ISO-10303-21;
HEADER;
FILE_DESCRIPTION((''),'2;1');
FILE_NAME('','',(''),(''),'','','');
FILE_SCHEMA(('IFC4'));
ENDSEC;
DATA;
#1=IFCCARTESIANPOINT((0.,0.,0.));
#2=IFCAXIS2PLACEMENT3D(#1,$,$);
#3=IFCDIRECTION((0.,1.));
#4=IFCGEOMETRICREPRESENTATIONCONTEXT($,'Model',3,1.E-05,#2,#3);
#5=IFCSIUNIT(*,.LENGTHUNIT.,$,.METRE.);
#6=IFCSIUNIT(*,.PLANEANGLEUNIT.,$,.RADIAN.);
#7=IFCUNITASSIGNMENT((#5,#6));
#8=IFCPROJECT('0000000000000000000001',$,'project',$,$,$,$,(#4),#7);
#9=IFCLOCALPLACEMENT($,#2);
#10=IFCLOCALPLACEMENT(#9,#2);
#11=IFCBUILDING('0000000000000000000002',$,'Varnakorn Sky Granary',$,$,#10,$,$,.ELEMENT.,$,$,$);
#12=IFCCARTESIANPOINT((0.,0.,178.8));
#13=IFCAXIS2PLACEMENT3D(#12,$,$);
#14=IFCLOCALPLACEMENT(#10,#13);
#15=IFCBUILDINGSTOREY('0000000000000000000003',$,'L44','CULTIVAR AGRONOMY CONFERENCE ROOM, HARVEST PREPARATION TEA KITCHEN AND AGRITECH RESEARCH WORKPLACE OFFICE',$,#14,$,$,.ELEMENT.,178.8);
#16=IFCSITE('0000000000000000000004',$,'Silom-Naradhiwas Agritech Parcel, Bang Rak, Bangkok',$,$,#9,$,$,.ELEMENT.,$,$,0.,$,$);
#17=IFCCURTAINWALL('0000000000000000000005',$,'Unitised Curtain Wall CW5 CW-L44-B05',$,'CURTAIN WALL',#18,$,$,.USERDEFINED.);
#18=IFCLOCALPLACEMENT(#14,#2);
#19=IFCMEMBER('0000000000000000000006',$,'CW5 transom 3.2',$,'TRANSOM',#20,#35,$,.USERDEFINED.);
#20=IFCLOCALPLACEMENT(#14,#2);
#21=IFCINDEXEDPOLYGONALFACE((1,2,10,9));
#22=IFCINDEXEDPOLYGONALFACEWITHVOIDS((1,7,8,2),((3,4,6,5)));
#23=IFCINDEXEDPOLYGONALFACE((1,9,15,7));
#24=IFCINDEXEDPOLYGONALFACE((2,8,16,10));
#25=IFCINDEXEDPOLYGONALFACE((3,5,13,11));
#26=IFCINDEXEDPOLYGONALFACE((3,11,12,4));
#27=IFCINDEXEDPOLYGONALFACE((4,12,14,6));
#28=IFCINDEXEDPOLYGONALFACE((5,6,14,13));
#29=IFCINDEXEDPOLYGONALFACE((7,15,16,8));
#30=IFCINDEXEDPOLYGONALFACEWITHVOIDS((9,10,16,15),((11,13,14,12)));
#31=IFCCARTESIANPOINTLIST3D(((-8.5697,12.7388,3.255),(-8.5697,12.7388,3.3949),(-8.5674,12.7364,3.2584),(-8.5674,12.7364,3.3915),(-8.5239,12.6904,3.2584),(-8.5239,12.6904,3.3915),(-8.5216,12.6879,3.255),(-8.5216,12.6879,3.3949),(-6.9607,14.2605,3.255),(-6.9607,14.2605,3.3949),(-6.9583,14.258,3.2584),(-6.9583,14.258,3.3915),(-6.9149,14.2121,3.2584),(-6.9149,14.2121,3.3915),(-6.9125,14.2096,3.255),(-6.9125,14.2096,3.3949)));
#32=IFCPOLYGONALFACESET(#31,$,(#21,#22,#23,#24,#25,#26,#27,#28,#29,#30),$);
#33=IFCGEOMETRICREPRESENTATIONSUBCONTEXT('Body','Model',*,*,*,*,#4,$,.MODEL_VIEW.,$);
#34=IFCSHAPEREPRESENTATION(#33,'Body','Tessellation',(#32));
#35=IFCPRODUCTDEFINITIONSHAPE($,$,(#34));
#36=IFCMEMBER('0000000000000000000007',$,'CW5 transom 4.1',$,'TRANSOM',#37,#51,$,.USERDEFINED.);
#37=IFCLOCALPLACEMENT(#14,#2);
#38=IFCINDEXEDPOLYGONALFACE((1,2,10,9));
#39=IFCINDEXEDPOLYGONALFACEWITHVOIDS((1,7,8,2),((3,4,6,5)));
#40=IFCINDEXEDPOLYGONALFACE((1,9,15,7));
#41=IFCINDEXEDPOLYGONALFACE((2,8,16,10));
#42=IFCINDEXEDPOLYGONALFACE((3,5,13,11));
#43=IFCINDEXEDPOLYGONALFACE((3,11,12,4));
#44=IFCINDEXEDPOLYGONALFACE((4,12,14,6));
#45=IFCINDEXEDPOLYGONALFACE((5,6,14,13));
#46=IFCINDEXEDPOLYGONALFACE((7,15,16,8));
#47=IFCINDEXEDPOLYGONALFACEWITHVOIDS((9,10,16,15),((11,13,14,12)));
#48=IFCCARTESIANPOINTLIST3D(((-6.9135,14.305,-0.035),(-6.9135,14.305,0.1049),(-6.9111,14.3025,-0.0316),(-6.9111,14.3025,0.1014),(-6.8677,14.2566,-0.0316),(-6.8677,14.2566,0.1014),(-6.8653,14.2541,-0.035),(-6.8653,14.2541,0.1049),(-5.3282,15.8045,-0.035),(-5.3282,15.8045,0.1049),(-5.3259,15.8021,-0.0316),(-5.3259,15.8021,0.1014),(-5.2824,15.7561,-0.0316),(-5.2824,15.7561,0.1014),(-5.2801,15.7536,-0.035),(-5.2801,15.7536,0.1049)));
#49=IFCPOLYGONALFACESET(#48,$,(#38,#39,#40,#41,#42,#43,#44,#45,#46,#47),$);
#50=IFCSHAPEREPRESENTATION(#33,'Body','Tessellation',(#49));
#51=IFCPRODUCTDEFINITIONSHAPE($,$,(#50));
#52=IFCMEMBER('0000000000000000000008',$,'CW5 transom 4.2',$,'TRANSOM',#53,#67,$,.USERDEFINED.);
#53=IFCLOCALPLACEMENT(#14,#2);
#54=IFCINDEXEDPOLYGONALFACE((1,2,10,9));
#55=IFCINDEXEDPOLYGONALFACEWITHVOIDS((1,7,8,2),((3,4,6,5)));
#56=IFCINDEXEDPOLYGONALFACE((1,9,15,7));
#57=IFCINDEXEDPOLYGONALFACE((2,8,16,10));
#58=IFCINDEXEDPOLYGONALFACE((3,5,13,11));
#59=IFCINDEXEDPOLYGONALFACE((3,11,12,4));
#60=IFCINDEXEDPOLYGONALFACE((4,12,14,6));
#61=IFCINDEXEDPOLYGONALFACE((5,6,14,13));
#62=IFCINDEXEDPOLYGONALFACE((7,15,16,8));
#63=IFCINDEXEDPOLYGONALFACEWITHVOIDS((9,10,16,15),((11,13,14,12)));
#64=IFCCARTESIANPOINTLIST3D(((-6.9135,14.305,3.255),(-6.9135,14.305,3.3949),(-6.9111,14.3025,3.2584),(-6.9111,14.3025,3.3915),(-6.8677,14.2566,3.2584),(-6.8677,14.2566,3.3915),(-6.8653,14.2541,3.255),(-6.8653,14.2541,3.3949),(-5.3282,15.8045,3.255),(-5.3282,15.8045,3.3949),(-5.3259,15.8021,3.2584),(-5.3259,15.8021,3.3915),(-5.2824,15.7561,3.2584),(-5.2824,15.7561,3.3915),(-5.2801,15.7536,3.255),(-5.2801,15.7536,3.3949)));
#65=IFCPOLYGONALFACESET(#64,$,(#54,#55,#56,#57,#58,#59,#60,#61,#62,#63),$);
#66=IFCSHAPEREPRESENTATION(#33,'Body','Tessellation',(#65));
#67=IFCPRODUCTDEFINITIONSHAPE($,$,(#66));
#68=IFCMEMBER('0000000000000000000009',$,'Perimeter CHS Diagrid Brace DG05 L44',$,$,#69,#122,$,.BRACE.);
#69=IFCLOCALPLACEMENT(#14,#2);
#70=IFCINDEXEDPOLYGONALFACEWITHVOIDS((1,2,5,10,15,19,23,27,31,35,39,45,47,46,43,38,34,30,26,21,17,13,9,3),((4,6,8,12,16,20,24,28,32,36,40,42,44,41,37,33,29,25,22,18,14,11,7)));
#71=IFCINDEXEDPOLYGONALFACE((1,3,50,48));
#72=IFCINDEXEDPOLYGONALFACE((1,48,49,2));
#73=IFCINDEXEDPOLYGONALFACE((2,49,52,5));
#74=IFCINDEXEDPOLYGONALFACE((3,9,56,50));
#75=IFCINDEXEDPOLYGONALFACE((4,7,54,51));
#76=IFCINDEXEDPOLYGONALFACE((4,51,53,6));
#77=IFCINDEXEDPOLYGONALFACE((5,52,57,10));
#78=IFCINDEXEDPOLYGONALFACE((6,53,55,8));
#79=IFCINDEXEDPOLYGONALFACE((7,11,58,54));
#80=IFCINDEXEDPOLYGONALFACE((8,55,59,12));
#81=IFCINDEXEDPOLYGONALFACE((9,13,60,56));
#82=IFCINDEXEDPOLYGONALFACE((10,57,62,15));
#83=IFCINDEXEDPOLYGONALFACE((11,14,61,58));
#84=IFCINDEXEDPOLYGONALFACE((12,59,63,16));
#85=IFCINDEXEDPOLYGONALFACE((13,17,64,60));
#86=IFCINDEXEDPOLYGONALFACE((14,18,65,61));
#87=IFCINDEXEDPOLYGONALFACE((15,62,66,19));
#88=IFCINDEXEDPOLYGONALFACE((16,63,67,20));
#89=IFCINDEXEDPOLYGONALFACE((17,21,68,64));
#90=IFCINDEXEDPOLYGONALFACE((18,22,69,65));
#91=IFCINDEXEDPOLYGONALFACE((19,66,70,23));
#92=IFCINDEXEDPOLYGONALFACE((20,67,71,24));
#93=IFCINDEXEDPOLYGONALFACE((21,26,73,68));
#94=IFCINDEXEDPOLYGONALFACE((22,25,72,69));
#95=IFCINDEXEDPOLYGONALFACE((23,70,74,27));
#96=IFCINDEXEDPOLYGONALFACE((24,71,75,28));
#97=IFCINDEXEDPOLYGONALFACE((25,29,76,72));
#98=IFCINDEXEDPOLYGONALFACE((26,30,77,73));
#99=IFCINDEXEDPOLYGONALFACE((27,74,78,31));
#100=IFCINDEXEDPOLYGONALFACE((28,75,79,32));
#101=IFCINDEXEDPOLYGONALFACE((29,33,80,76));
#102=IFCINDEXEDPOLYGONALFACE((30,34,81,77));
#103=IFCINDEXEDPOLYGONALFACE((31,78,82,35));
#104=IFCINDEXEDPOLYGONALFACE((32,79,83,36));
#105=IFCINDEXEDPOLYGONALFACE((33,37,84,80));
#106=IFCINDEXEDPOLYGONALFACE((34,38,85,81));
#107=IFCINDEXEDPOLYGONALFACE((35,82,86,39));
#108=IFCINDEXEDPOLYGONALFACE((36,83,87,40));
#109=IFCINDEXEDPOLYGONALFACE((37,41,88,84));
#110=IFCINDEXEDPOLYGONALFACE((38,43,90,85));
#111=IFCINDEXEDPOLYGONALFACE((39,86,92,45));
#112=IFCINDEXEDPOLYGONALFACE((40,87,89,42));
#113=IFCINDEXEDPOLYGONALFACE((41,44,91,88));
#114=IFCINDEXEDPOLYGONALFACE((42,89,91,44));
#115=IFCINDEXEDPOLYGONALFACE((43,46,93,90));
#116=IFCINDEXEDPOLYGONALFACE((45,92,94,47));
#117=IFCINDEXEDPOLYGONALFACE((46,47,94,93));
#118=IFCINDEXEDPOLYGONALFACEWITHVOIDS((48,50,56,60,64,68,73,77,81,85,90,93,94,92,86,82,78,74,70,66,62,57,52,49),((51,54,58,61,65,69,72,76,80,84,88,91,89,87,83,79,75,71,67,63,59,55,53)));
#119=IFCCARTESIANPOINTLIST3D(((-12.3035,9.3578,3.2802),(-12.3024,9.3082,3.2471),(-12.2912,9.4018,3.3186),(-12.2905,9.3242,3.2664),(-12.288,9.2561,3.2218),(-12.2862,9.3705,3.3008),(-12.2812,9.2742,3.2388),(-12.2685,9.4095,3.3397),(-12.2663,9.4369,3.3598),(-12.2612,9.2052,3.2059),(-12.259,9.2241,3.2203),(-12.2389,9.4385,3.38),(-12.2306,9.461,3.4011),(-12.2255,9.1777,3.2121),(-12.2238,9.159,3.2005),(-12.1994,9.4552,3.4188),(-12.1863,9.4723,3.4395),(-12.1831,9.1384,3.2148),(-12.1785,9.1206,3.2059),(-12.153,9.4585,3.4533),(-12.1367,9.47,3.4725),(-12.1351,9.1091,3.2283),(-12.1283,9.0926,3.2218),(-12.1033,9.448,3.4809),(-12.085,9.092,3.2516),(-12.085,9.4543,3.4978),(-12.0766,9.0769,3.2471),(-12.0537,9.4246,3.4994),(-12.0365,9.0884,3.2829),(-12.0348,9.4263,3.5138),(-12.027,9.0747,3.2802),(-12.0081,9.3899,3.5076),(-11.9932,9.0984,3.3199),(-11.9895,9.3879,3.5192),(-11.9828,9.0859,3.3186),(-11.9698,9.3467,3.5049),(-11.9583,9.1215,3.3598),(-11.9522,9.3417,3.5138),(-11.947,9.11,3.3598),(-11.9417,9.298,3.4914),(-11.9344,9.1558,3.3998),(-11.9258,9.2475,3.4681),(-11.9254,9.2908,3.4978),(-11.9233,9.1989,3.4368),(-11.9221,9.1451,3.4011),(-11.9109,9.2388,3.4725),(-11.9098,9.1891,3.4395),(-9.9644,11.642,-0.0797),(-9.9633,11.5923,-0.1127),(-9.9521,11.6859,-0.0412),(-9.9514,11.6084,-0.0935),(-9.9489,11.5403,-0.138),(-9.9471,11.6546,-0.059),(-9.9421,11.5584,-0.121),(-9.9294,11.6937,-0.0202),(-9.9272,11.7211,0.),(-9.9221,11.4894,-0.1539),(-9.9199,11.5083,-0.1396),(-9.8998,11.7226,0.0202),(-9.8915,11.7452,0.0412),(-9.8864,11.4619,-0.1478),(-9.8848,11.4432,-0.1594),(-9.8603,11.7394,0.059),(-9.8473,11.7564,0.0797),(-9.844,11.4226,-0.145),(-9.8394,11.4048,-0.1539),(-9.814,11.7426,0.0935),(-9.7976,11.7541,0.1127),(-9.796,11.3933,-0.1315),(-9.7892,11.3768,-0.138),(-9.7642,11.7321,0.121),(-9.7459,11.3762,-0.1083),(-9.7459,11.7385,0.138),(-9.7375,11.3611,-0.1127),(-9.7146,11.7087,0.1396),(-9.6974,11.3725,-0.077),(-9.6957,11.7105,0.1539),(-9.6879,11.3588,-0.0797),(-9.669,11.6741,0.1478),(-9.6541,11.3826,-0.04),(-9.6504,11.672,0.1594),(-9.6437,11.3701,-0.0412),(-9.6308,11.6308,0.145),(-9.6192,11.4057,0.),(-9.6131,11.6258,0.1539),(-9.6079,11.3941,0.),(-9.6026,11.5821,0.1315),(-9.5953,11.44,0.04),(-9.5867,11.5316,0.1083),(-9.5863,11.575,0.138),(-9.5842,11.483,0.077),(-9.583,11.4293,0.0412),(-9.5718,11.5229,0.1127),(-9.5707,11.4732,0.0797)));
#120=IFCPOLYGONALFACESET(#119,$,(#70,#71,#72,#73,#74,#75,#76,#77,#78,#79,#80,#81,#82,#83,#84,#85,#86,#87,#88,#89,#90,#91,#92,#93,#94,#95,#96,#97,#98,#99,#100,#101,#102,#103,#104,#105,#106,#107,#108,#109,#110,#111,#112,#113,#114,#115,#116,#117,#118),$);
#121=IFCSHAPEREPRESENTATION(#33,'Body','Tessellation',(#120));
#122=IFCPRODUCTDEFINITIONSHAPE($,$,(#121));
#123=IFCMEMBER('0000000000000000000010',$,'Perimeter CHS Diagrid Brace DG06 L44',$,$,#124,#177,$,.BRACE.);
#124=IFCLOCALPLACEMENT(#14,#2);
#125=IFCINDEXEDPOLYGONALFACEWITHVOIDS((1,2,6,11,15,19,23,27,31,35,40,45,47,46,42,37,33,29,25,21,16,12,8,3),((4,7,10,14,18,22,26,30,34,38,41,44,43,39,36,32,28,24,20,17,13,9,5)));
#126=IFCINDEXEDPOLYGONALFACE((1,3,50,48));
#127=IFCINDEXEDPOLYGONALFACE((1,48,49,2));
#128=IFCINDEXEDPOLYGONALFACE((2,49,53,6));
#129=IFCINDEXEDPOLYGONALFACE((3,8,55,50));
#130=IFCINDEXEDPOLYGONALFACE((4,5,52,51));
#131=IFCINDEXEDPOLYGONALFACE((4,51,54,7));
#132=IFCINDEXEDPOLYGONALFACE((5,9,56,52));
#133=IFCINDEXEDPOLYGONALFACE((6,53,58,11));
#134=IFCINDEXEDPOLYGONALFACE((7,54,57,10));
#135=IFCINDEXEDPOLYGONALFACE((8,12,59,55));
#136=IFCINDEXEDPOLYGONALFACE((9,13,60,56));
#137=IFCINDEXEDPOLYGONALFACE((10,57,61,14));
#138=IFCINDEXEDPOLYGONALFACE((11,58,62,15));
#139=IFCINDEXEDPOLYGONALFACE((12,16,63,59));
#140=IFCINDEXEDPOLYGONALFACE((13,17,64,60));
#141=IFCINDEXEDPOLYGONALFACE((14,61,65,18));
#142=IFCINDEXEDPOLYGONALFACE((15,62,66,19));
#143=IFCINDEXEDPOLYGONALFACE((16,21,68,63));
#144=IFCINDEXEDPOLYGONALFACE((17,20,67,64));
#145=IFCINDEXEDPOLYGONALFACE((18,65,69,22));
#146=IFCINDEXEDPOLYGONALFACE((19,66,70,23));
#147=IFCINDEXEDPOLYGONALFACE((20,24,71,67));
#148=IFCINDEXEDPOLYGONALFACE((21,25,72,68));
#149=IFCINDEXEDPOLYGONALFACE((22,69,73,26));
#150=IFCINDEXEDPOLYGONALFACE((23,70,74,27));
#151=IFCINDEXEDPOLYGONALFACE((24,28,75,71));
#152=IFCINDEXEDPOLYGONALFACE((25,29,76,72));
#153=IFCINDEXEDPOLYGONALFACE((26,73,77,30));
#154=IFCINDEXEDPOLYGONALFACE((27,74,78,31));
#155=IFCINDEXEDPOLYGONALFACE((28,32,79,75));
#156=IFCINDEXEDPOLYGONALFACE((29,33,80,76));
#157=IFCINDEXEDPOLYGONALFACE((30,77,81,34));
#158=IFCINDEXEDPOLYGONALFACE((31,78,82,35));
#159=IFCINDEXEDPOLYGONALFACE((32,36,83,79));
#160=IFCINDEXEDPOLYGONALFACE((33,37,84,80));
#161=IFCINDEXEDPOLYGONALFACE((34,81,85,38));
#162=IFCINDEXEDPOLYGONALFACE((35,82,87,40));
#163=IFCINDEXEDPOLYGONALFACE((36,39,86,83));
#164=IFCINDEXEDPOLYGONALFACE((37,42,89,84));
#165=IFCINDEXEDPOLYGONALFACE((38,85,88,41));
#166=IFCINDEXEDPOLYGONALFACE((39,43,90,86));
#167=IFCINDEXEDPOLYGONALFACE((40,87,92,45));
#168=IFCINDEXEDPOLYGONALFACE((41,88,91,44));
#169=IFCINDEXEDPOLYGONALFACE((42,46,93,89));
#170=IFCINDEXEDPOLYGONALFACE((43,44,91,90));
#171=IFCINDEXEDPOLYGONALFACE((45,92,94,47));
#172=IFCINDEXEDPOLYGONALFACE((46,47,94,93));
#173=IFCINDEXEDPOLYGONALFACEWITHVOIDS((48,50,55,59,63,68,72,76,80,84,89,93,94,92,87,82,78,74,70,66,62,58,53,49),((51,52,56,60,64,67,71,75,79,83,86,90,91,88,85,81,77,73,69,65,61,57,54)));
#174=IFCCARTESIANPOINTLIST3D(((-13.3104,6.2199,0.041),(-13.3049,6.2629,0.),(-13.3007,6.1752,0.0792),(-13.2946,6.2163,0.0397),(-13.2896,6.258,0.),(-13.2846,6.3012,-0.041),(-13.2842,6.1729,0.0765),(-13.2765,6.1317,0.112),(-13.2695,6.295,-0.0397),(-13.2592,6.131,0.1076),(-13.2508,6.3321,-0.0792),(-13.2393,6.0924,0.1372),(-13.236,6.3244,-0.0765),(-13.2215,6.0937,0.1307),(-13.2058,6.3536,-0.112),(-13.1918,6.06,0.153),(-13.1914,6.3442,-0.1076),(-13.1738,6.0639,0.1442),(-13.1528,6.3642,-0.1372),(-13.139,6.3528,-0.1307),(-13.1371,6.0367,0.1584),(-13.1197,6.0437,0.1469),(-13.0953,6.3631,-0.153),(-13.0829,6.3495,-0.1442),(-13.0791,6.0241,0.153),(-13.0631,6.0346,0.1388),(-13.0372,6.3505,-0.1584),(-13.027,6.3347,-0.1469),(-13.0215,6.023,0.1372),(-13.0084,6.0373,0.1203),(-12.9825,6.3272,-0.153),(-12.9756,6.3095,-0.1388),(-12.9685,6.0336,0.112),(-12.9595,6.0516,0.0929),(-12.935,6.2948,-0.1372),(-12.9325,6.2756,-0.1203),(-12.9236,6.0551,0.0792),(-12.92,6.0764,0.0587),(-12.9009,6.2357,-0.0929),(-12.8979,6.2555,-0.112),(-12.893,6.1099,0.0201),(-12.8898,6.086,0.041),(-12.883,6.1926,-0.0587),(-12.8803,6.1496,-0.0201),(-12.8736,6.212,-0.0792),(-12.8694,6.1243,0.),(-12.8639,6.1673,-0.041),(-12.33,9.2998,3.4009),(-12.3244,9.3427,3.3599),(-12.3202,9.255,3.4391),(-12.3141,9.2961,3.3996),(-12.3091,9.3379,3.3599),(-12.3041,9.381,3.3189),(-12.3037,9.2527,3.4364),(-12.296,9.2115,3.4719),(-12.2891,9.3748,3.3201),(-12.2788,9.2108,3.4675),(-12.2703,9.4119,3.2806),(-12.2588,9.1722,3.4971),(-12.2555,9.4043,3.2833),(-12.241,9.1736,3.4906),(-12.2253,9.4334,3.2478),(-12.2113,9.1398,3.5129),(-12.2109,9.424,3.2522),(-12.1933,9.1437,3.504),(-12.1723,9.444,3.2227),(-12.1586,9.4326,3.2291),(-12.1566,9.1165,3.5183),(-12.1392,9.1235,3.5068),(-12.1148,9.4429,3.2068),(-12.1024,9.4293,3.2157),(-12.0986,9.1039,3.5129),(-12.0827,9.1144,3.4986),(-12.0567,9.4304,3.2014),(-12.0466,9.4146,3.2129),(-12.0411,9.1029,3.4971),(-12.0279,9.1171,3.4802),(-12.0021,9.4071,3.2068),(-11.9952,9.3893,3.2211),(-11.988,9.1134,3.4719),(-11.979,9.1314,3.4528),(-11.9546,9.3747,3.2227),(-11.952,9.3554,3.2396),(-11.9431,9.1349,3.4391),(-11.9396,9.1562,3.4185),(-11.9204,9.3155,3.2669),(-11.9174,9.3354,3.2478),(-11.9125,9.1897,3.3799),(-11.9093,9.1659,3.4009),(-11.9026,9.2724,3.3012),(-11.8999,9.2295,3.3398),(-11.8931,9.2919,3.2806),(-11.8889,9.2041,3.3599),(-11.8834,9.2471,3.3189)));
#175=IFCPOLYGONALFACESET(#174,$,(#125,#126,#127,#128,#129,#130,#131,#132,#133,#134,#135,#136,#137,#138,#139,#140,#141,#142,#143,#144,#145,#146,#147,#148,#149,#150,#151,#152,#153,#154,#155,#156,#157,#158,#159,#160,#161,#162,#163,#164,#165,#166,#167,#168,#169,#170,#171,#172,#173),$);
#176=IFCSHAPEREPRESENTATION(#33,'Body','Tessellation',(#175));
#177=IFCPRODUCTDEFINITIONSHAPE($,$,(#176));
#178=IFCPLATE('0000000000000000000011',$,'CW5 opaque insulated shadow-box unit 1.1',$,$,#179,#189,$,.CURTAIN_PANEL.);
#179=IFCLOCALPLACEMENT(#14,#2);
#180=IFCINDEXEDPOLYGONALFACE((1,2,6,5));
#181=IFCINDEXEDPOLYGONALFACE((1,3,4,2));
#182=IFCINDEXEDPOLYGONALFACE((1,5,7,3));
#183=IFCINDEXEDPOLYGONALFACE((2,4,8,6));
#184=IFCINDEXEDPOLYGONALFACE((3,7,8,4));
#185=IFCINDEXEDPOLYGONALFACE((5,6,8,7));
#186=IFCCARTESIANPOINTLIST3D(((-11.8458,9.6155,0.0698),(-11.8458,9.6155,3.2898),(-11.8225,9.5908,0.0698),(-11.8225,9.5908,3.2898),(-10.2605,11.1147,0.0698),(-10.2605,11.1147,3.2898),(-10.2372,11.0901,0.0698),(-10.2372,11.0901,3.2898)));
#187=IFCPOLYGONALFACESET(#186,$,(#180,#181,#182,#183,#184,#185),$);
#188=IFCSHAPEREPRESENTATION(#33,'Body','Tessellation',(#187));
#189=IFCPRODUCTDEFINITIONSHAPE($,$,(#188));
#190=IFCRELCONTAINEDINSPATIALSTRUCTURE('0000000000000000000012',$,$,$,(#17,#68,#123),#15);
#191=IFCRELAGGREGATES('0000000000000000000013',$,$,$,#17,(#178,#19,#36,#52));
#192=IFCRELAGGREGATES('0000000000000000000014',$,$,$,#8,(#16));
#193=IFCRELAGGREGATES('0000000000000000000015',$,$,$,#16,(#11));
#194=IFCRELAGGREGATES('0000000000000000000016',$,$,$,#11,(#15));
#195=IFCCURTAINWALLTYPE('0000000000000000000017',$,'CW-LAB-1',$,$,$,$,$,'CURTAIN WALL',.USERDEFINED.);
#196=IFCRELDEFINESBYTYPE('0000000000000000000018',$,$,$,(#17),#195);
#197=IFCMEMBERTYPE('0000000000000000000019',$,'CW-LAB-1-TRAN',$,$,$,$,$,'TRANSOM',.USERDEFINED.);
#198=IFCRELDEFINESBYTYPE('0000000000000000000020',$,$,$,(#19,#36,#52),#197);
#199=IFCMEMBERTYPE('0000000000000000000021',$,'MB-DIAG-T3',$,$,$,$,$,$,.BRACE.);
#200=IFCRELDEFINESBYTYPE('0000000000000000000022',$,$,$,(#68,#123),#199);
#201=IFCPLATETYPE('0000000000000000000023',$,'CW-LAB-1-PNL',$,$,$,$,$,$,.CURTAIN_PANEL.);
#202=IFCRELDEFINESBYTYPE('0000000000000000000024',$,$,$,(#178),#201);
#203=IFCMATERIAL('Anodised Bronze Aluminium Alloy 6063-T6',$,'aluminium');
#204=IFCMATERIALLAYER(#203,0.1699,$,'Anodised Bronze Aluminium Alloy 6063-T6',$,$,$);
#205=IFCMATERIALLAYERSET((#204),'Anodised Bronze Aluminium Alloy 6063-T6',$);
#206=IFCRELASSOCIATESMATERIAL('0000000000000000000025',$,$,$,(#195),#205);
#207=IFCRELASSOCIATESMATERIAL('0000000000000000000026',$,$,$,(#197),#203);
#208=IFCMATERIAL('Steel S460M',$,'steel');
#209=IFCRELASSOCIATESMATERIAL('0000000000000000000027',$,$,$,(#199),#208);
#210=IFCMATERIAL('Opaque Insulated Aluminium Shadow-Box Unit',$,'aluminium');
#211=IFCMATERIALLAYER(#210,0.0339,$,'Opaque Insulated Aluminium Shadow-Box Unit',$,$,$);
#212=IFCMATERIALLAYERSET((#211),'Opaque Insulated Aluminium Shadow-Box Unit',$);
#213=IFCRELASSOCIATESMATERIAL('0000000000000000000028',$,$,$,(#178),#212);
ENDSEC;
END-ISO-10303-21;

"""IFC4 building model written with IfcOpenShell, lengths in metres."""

from ifc_helpers import new_model, si_unit, direction, frame, origin, origin_2d, place, context, subcontext, project, spatial, rectangle, hollow_rectangle, hollow_circle, extrude, source, transform, mapped, material, layer, layer_set, material_profile, profile_set, type_object, element, aggregate, save


model = new_model("IFC4")

# Units and contexts
model_context = context("Model", 3, precision=1e-05, world=origin(), true_north=direction((0.0, 1.0)))
body_context = subcontext(model_context, "Body", "Model", "MODEL_VIEW")
ifc_project = project(units=[si_unit("LENGTHUNIT", "METRE"), si_unit("PLANEANGLEUNIT", "RADIAN")], contexts=[model_context])

# Site, building, storey
site_placement = place(None, origin())
site = spatial("IfcSite", under=ifc_project, at=site_placement, Name="Silom-Naradhiwas Agritech Parcel, Bang Rak, Bangkok", CompositionType="ELEMENT", RefElevation=0.0)
building_placement = place(site_placement, origin())
building = spatial("IfcBuilding", under=site, at=building_placement, Name="Varnakorn Sky Granary", CompositionType="ELEMENT")
storey_placement = place(building_placement, frame((0.0, 0.0, 178.8)))
storey = spatial("IfcBuildingStorey", under=building, at=storey_placement, Name="L44", Description="CULTIVAR AGRONOMY CONFERENCE ROOM, HARVEST PREPARATION TEA KITCHEN AND AGRITECH RESEARCH WORKPLACE OFFICE", CompositionType="ELEMENT", Elevation=178.8)

# Shared definitions
ifc_material_1 = material(Name="Steel S460M", Category="steel")

# Curtain wall
ifc_material_2 = material(Name="Anodised Bronze Aluminium Alloy 6063-T6", Category="aluminium")
ifc_layer_1 = layer(ifc_material_2, 0.1699, Name="Anodised Bronze Aluminium Alloy 6063-T6")
ifc_layer_set_1 = layer_set([ifc_layer_1], Name="Anodised Bronze Aluminium Alloy 6063-T6")
curtain_wall_type = type_object("IfcCurtainWallType", Name="CW-LAB-1", ElementType="CURTAIN WALL", PredefinedType="USERDEFINED", material=ifc_layer_set_1)
curtain_wall_1_placement = place(storey_placement, origin())
curtain_wall_1 = element("IfcCurtainWall", 1, at=curtain_wall_1_placement, inside=storey, type_object=curtain_wall_type, Name="Unitised Curtain Wall CW5 CW-L44-B05", ObjectType="CURTAIN WALL", PredefinedType="USERDEFINED")

# Members
ifc_material_profile_1 = material_profile(ifc_material_2, hollow_rectangle(XDim=0.0701, YDim=0.1399, WallThickness=0.0034, at=origin_2d()), Name="ALU TRAN 70x140")
ifc_profile_set_1 = profile_set([ifc_material_profile_1], Name="Anodised Bronze Aluminium Alloy 6063-T6")
member_type_1 = type_object("IfcMemberType", Name="CW-LAB-1-TRAN", ElementType="TRANSOM", PredefinedType="USERDEFINED", material=ifc_profile_set_1)
member_1_placement = place(storey_placement, frame((-8.5457, 12.7134, 3.325), z_axis=(0.726564, 0.687099, 0.0), x_axis=(-0.687099, 0.726564, 0.0)))
member_1 = element("IfcMember", 2, at=member_1_placement, type_object=member_type_1, Name="CW5 transom 3.2", ObjectType="TRANSOM", PredefinedType="USERDEFINED", context=body_context, shape_type="SweptSolid", body=[
    extrude(hollow_rectangle(XDim=0.0701, YDim=0.1399, WallThickness=0.0034, at=origin_2d()), origin(), (0.0, 0.0, 1.0), 2.2146),
])
member_2_placement = place(storey_placement, frame((-6.8894, 14.2795, 0.0349), z_axis=(0.72647, 0.687198, 0.0), x_axis=(-0.687198, 0.72647, 0.0)))
member_2 = element("IfcMember", 3, at=member_2_placement, type_object=member_type_1, Name="CW5 transom 4.1", ObjectType="TRANSOM", PredefinedType="USERDEFINED", context=body_context, shape_type="SweptSolid", body=[
    extrude(hollow_rectangle(XDim=0.0701, YDim=0.1399, WallThickness=0.0034, at=origin_2d()), origin(), (0.0, 0.0, 1.0), 2.1821),
])
member_3_placement = place(storey_placement, frame((-6.8894, 14.2795, 3.325), z_axis=(0.72647, 0.687198, 0.0), x_axis=(-0.687198, 0.72647, 0.0)))
member_3 = element("IfcMember", 4, at=member_3_placement, type_object=member_type_1, Name="CW5 transom 4.2", ObjectType="TRANSOM", PredefinedType="USERDEFINED", context=body_context, shape_type="SweptSolid", body=[
    extrude(hollow_rectangle(XDim=0.0701, YDim=0.1399, WallThickness=0.0034, at=origin_2d()), origin(), (0.0, 0.0, 1.0), 2.1821),
])

# Members
ifc_material_profile_2 = material_profile(ifc_material_1, hollow_circle(Radius=0.2285, WallThickness=0.0161, at=origin_2d()), Name="CHS 457x16")
ifc_profile_set_2 = profile_set([ifc_material_profile_2], Name="Steel S460M")
member_type_2 = type_object("IfcMemberType", Name="MB-DIAG-T3", PredefinedType="BRACE", material=ifc_profile_set_2)
member_4_placement = place(storey_placement, frame((-9.7676, 11.5576, 0.0), z_axis=(-0.498954, -0.487237, 0.71669), x_axis=(0.698656, -0.715458, 0.0)))
element("IfcMember", 5, at=member_4_placement, inside=storey, type_object=member_type_2, Name="Perimeter CHS Diagrid Brace DG05 L44", PredefinedType="BRACE", context=body_context, shape_type="SweptSolid", body=[
    extrude(hollow_circle(Radius=0.2285, WallThickness=0.0161, at=origin_2d()), origin(), (0.0, 0.0, 1.0), 4.688),
])
member_5_placement = place(storey_placement, frame((-13.0872, 6.1936, 0.0), z_axis=(0.210305, 0.660608, 0.720673), x_axis=(-0.952879, 0.30335, 0.0)))
element("IfcMember", 6, at=member_5_placement, inside=storey, type_object=member_type_2, Name="Perimeter CHS Diagrid Brace DG06 L44", PredefinedType="BRACE", context=body_context, shape_type="SweptSolid", body=[
    extrude(hollow_circle(Radius=0.2285, WallThickness=0.0161, at=origin_2d()), origin(), (0.0, 0.0, 1.0), 4.6621),
])

# Plate
ifc_material_3 = material(Name="Opaque Insulated Aluminium Shadow-Box Unit", Category="aluminium")
ifc_layer_2 = layer(ifc_material_3, 0.0339, Name="Opaque Insulated Aluminium Shadow-Box Unit")
ifc_layer_set_2 = layer_set([ifc_layer_2], Name="Opaque Insulated Aluminium Shadow-Box Unit")
plate_type = type_object("IfcPlateType", Name="CW-LAB-1-PNL", PredefinedType="CURTAIN_PANEL")
shared_shape_1 = source(origin(), body_context, "Body", "SweptSolid", [
    extrude(rectangle(XDim=2.1819, YDim=0.0339, at=origin_2d()), origin(), (0.0, 0.0, 1.0), 3.22),
])
plate_1_placement = place(storey_placement, frame((-11.0415, 10.3528, 0.0698), z_axis=(0.0, 0.0, 1.0), x_axis=(0.726541, 0.687124, 0.0)))
plate_1 = element("IfcPlate", 7, at=plate_1_placement, type_object=plate_type, material=ifc_layer_set_2, Name="CW5 opaque insulated shadow-box unit 1.1", PredefinedType="CURTAIN_PANEL", context=body_context, shape_type="MappedRepresentation", body=[
    mapped(shared_shape_1, transform((0.0, 0.0, 0.0), x_axis=(1.0, 0.0, 0.0), y_axis=(0.0, 1.0, 0.0), z_axis=(0.0, 0.0, 1.0), scale=1.0)),
])
aggregate(curtain_wall_1, [plate_1, member_1, member_2, member_3])

save(model, "model.ifc")
